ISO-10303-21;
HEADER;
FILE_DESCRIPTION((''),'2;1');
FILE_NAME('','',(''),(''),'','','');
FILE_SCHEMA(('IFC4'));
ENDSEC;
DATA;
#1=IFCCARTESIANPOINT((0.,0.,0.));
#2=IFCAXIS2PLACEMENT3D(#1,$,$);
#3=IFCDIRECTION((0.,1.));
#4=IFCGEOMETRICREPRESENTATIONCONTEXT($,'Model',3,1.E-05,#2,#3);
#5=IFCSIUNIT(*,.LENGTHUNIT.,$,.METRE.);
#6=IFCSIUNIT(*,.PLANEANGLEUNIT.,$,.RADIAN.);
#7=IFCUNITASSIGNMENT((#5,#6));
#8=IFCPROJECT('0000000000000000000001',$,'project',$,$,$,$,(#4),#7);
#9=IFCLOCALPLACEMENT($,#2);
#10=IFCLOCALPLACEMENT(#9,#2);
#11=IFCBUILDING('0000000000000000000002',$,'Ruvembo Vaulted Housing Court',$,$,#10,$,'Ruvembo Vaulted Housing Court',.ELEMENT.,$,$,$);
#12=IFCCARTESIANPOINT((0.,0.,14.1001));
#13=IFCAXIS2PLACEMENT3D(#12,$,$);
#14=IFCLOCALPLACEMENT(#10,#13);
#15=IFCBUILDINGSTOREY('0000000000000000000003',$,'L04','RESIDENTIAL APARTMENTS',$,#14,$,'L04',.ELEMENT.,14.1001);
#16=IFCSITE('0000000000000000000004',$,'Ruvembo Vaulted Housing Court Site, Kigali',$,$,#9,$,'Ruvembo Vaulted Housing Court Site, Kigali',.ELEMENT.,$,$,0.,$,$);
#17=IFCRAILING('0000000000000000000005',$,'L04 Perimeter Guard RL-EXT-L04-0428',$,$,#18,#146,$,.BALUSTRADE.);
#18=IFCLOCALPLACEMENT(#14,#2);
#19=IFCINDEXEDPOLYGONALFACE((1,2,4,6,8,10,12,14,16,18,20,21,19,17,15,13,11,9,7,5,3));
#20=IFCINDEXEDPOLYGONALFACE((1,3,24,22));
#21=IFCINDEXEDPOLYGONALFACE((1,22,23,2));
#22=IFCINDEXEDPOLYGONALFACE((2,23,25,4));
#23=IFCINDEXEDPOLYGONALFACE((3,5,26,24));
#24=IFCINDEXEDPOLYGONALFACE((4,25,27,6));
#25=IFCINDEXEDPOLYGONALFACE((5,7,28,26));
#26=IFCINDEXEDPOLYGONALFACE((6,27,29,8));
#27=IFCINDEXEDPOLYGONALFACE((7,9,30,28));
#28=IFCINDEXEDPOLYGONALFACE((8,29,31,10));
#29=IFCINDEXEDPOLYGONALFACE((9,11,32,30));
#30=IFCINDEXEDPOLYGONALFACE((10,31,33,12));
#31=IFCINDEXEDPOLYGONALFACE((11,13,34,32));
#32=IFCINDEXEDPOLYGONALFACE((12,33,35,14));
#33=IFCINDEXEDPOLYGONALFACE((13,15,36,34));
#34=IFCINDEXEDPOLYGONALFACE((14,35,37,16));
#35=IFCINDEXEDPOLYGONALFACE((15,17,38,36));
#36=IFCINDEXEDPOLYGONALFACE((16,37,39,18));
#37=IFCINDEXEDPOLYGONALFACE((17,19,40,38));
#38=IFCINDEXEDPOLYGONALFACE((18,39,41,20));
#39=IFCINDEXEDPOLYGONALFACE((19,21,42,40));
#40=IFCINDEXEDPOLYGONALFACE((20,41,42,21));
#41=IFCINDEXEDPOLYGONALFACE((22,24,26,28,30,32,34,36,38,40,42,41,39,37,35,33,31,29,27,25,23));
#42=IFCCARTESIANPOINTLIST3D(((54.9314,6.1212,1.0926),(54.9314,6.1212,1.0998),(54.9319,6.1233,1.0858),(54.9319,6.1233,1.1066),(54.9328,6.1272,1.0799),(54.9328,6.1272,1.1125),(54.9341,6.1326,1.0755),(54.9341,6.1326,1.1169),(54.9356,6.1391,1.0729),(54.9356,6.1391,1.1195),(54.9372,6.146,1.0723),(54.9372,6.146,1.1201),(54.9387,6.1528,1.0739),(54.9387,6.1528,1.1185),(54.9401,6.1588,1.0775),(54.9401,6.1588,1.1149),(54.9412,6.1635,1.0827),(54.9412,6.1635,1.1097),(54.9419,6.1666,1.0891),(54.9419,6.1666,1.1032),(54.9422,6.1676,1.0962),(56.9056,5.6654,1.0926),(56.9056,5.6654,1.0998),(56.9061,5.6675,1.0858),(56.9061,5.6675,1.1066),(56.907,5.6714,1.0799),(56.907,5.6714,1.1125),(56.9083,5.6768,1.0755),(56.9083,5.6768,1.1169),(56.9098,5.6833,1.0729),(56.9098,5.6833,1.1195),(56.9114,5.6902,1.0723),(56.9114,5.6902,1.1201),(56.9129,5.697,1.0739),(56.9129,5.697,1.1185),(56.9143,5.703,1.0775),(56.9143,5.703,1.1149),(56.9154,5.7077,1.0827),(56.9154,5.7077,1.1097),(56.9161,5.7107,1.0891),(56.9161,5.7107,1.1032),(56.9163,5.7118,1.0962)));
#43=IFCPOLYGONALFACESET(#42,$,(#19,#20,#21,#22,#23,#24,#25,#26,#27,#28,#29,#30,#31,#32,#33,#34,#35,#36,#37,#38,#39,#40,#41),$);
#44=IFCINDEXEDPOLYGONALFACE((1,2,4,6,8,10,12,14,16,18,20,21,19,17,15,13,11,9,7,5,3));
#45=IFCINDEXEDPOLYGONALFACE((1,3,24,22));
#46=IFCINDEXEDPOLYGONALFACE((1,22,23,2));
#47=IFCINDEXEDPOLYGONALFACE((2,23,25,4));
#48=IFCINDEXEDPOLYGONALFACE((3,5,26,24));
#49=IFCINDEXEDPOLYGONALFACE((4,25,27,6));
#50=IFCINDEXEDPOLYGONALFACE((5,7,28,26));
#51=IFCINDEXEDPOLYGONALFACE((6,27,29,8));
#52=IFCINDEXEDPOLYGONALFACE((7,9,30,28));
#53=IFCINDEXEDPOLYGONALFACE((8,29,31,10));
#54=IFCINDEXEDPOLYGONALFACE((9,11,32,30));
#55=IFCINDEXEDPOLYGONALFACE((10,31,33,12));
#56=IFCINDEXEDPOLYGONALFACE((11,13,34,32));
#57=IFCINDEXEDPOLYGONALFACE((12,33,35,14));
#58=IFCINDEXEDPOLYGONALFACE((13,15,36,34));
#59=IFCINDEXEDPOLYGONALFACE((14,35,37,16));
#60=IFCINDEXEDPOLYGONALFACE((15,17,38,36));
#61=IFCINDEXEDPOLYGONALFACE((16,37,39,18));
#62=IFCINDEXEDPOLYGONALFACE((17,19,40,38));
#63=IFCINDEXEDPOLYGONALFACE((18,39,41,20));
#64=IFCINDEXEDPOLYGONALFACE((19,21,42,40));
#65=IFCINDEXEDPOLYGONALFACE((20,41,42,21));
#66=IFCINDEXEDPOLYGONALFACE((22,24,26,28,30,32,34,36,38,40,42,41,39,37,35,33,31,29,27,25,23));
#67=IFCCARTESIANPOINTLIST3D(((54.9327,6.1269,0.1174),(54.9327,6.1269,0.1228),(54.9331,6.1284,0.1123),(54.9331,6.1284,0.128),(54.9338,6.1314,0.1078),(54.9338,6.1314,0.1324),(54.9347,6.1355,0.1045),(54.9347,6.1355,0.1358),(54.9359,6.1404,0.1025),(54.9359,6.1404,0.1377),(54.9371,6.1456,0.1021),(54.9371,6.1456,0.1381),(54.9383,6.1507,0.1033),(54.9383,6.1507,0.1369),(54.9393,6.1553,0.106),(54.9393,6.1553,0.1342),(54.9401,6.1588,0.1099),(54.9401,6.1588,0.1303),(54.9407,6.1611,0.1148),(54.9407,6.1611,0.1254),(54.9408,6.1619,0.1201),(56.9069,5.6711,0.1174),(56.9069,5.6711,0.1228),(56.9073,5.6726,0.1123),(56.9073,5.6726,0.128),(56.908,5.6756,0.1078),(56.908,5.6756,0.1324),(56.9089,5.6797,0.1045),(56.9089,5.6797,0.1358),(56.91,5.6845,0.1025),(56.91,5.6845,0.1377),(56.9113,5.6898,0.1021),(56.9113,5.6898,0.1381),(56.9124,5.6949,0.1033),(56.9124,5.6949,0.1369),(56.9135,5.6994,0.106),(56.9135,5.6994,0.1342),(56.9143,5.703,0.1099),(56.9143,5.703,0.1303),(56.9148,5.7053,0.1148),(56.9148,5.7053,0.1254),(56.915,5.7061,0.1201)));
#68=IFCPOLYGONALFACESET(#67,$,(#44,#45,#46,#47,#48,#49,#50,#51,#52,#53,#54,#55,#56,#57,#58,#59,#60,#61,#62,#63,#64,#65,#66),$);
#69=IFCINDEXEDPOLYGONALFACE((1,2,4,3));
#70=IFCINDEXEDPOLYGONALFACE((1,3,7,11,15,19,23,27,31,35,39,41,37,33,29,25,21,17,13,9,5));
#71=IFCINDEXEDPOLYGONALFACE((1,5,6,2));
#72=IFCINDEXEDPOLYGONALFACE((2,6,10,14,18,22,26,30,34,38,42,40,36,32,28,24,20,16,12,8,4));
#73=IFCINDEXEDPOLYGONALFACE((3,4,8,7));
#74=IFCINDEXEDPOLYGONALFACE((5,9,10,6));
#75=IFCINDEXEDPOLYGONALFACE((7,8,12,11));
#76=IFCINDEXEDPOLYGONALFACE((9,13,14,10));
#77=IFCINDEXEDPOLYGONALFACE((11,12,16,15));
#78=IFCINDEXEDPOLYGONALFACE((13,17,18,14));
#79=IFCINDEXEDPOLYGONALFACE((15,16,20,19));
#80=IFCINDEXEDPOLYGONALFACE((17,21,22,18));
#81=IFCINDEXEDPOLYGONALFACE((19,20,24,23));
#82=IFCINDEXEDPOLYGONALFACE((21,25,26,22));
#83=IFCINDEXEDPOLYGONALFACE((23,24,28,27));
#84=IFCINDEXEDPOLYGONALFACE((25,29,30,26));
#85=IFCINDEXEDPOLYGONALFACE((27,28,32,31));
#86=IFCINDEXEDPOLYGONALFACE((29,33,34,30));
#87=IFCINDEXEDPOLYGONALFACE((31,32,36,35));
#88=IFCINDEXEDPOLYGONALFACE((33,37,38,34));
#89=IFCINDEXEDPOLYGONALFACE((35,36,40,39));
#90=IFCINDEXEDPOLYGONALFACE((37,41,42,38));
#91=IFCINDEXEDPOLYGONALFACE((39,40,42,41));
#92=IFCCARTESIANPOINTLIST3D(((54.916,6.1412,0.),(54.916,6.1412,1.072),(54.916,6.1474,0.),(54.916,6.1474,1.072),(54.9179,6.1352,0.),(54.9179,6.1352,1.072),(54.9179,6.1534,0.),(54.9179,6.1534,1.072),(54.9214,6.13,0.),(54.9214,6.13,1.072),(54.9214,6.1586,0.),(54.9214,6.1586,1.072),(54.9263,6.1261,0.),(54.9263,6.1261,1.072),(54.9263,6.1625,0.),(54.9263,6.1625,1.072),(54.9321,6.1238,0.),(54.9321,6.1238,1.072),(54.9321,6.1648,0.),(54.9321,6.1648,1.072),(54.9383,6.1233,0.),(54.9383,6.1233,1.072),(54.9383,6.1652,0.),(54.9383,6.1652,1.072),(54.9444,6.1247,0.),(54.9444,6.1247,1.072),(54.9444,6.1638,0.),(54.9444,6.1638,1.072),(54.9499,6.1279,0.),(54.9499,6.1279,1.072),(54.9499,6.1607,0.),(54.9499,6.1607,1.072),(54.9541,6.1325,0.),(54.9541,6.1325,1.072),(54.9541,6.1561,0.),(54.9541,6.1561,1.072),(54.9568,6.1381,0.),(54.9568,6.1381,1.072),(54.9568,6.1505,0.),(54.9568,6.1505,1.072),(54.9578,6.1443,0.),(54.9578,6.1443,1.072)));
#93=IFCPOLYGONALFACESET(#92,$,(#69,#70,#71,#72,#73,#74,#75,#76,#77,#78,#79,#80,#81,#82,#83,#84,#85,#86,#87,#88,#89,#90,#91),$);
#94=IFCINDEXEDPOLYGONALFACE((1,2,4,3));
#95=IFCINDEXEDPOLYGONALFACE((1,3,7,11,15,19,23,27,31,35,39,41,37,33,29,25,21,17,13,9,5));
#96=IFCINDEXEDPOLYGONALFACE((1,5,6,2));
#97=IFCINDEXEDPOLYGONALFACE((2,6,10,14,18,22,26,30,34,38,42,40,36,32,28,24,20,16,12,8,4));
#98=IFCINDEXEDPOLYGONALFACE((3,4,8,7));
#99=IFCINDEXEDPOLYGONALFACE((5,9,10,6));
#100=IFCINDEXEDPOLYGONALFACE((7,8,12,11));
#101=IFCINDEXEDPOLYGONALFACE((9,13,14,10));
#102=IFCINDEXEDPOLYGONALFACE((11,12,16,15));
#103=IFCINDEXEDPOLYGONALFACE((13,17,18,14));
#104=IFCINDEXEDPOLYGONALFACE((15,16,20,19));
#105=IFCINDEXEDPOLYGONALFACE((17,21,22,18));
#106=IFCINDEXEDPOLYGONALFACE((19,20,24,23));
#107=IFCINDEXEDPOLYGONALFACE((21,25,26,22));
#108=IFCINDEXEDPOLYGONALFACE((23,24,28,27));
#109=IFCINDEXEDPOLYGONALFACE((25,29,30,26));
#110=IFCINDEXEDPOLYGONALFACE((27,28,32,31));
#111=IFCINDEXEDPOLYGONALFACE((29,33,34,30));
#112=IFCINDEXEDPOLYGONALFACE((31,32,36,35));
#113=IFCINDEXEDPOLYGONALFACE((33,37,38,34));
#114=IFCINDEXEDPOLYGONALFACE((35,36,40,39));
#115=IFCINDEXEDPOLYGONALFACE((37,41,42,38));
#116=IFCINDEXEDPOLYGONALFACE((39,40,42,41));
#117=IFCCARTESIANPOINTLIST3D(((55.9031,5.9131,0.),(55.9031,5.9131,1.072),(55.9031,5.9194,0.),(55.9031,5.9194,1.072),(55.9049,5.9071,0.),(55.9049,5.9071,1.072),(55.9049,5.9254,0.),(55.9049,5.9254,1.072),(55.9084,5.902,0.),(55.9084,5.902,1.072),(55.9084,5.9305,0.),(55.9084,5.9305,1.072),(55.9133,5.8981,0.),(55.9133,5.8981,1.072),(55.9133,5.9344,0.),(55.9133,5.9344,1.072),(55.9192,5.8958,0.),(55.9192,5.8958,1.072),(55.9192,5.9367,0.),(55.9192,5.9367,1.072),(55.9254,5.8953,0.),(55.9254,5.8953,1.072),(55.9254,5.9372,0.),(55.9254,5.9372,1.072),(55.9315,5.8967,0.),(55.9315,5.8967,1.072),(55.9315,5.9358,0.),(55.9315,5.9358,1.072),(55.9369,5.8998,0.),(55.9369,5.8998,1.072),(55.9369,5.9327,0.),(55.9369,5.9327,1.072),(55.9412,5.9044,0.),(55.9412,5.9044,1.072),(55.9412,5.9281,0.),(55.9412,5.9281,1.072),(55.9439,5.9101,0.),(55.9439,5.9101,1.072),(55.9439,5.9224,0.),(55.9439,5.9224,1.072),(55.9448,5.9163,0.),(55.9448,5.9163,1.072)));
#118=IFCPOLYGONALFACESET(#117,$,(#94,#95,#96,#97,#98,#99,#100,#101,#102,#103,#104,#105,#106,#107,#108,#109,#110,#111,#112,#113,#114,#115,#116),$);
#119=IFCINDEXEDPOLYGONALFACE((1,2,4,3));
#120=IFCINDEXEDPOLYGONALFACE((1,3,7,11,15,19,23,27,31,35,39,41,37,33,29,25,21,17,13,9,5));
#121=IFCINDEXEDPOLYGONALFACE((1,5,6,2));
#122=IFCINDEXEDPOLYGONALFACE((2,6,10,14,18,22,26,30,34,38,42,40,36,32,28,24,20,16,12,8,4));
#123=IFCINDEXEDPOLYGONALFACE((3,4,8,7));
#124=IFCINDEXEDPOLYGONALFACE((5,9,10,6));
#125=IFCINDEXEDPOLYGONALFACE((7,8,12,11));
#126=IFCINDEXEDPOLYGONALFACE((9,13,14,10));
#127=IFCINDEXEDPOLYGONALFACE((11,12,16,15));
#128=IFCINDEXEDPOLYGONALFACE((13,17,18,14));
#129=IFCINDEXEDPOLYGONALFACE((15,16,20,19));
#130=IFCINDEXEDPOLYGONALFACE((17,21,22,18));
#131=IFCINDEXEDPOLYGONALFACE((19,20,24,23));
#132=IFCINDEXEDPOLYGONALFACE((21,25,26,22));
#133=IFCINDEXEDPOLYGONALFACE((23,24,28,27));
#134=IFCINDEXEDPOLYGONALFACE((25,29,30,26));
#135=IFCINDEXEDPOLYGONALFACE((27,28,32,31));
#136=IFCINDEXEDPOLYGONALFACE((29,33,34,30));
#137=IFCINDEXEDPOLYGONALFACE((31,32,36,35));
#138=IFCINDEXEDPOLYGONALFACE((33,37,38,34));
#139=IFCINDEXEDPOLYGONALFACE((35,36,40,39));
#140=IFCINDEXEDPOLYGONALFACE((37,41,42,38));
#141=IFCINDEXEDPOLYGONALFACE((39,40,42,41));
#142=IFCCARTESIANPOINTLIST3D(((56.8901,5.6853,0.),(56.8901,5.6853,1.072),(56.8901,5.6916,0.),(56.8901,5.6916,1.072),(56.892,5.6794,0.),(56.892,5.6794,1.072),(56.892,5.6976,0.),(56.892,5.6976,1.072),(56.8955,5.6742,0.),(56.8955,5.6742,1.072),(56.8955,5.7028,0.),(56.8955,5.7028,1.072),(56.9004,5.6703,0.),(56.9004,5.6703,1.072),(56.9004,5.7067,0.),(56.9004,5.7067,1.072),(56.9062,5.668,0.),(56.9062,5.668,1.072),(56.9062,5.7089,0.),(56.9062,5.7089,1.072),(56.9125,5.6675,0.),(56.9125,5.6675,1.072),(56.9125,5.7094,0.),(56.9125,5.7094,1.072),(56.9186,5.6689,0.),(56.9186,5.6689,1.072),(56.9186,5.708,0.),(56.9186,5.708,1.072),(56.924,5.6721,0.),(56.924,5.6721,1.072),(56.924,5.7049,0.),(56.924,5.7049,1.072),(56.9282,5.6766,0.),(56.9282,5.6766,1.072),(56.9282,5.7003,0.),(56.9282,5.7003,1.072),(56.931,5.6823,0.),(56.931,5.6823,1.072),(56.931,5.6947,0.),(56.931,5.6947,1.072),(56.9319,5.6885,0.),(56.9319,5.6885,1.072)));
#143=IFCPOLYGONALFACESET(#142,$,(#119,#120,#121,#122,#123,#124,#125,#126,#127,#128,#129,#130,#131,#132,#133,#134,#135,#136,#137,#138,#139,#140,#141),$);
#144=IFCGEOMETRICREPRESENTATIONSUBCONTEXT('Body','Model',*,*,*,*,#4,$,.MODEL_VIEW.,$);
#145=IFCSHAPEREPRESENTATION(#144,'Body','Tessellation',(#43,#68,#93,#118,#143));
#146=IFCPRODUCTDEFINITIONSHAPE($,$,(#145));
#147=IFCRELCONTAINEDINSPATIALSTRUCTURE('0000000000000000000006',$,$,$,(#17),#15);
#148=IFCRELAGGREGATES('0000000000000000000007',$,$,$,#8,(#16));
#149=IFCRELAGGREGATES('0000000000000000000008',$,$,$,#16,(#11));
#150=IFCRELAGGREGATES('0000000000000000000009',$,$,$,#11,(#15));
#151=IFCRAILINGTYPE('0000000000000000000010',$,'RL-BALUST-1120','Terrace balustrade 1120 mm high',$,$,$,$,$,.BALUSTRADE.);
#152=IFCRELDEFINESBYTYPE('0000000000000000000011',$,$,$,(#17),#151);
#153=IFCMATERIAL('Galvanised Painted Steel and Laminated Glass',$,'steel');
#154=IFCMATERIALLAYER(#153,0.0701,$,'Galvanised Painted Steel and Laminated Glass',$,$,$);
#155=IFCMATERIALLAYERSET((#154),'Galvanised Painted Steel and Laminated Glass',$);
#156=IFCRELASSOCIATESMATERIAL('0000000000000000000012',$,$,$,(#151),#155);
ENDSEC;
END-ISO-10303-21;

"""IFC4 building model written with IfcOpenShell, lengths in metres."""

from ifc_helpers import new_model, si_unit, direction, frame, origin, origin_2d, place, context, subcontext, project, spatial, circle, extrude, material, layer, layer_set, type_object, element, save


model = new_model("IFC4")

# Units and contexts
model_context = context("Model", 3, precision=1e-05, world=origin(), true_north=direction((0.0, 1.0)))
body_context = subcontext(model_context, "Body", "Model", "MODEL_VIEW")
ifc_project = project(units=[si_unit("LENGTHUNIT", "METRE"), si_unit("PLANEANGLEUNIT", "RADIAN")], contexts=[model_context])

# Site, building, storey
site_placement = place(None, origin())
site = spatial("IfcSite", under=ifc_project, at=site_placement, Name="Ruvembo Vaulted Housing Court Site, Kigali", LongName="Ruvembo Vaulted Housing Court Site, Kigali", CompositionType="ELEMENT", RefElevation=0.0)
building_placement = place(site_placement, origin())
building = spatial("IfcBuilding", under=site, at=building_placement, Name="Ruvembo Vaulted Housing Court", LongName="Ruvembo Vaulted Housing Court", CompositionType="ELEMENT")
storey_placement = place(building_placement, frame((0.0, 0.0, 14.1001)))
storey = spatial("IfcBuildingStorey", under=building, at=storey_placement, Name="L04", Description="RESIDENTIAL APARTMENTS", LongName="L04", CompositionType="ELEMENT", Elevation=14.1001)

# Railing
ifc_material_1 = material(Name="Galvanised Painted Steel and Laminated Glass", Category="steel")
ifc_layer_1 = layer(ifc_material_1, 0.0701, Name="Galvanised Painted Steel and Laminated Glass")
ifc_layer_set_1 = layer_set([ifc_layer_1], Name="Galvanised Painted Steel and Laminated Glass")
railing_type = type_object("IfcRailingType", Name="RL-BALUST-1120", Description="Terrace balustrade 1120 mm high", PredefinedType="BALUSTRADE", material=ifc_layer_set_1)
railing_1_placement = place(storey_placement, frame((54.9368, 6.1443, 0.0)))
element("IfcRailing", 1, at=railing_1_placement, inside=storey, type_object=railing_type, Name="L04 Perimeter Guard RL-EXT-L04-0428", PredefinedType="BALUSTRADE", context=body_context, shape_type="SweptSolid", body=[
    extrude(circle(Radius=0.0239, at=origin_2d()), frame((0.0, 0.0, 1.0962), z_axis=(0.974365, -0.224974, 0.0), x_axis=(0.224974, 0.974365, 0.0)), (0.0, 0.0, 1.0), 2.0261),
    extrude(circle(Radius=0.0181, at=origin_2d()), frame((0.0, 0.0, 0.1201), z_axis=(0.974365, -0.224974, 0.0), x_axis=(0.224974, 0.974365, 0.0)), (0.0, 0.0, 1.0), 2.0261),
    extrude(circle(Radius=0.021, at=origin_2d()), origin(), (0.0, 0.0, 1.0), 1.072),
    extrude(circle(Radius=0.021, at=origin_2d()), frame((0.9871, -0.228, 0.0)), (0.0, 0.0, 1.0), 1.072),
    extrude(circle(Radius=0.021, at=origin_2d()), frame((1.9741, -0.4558, 0.0)), (0.0, 0.0, 1.0), 1.072),
])

save(model, "model.ifc")
